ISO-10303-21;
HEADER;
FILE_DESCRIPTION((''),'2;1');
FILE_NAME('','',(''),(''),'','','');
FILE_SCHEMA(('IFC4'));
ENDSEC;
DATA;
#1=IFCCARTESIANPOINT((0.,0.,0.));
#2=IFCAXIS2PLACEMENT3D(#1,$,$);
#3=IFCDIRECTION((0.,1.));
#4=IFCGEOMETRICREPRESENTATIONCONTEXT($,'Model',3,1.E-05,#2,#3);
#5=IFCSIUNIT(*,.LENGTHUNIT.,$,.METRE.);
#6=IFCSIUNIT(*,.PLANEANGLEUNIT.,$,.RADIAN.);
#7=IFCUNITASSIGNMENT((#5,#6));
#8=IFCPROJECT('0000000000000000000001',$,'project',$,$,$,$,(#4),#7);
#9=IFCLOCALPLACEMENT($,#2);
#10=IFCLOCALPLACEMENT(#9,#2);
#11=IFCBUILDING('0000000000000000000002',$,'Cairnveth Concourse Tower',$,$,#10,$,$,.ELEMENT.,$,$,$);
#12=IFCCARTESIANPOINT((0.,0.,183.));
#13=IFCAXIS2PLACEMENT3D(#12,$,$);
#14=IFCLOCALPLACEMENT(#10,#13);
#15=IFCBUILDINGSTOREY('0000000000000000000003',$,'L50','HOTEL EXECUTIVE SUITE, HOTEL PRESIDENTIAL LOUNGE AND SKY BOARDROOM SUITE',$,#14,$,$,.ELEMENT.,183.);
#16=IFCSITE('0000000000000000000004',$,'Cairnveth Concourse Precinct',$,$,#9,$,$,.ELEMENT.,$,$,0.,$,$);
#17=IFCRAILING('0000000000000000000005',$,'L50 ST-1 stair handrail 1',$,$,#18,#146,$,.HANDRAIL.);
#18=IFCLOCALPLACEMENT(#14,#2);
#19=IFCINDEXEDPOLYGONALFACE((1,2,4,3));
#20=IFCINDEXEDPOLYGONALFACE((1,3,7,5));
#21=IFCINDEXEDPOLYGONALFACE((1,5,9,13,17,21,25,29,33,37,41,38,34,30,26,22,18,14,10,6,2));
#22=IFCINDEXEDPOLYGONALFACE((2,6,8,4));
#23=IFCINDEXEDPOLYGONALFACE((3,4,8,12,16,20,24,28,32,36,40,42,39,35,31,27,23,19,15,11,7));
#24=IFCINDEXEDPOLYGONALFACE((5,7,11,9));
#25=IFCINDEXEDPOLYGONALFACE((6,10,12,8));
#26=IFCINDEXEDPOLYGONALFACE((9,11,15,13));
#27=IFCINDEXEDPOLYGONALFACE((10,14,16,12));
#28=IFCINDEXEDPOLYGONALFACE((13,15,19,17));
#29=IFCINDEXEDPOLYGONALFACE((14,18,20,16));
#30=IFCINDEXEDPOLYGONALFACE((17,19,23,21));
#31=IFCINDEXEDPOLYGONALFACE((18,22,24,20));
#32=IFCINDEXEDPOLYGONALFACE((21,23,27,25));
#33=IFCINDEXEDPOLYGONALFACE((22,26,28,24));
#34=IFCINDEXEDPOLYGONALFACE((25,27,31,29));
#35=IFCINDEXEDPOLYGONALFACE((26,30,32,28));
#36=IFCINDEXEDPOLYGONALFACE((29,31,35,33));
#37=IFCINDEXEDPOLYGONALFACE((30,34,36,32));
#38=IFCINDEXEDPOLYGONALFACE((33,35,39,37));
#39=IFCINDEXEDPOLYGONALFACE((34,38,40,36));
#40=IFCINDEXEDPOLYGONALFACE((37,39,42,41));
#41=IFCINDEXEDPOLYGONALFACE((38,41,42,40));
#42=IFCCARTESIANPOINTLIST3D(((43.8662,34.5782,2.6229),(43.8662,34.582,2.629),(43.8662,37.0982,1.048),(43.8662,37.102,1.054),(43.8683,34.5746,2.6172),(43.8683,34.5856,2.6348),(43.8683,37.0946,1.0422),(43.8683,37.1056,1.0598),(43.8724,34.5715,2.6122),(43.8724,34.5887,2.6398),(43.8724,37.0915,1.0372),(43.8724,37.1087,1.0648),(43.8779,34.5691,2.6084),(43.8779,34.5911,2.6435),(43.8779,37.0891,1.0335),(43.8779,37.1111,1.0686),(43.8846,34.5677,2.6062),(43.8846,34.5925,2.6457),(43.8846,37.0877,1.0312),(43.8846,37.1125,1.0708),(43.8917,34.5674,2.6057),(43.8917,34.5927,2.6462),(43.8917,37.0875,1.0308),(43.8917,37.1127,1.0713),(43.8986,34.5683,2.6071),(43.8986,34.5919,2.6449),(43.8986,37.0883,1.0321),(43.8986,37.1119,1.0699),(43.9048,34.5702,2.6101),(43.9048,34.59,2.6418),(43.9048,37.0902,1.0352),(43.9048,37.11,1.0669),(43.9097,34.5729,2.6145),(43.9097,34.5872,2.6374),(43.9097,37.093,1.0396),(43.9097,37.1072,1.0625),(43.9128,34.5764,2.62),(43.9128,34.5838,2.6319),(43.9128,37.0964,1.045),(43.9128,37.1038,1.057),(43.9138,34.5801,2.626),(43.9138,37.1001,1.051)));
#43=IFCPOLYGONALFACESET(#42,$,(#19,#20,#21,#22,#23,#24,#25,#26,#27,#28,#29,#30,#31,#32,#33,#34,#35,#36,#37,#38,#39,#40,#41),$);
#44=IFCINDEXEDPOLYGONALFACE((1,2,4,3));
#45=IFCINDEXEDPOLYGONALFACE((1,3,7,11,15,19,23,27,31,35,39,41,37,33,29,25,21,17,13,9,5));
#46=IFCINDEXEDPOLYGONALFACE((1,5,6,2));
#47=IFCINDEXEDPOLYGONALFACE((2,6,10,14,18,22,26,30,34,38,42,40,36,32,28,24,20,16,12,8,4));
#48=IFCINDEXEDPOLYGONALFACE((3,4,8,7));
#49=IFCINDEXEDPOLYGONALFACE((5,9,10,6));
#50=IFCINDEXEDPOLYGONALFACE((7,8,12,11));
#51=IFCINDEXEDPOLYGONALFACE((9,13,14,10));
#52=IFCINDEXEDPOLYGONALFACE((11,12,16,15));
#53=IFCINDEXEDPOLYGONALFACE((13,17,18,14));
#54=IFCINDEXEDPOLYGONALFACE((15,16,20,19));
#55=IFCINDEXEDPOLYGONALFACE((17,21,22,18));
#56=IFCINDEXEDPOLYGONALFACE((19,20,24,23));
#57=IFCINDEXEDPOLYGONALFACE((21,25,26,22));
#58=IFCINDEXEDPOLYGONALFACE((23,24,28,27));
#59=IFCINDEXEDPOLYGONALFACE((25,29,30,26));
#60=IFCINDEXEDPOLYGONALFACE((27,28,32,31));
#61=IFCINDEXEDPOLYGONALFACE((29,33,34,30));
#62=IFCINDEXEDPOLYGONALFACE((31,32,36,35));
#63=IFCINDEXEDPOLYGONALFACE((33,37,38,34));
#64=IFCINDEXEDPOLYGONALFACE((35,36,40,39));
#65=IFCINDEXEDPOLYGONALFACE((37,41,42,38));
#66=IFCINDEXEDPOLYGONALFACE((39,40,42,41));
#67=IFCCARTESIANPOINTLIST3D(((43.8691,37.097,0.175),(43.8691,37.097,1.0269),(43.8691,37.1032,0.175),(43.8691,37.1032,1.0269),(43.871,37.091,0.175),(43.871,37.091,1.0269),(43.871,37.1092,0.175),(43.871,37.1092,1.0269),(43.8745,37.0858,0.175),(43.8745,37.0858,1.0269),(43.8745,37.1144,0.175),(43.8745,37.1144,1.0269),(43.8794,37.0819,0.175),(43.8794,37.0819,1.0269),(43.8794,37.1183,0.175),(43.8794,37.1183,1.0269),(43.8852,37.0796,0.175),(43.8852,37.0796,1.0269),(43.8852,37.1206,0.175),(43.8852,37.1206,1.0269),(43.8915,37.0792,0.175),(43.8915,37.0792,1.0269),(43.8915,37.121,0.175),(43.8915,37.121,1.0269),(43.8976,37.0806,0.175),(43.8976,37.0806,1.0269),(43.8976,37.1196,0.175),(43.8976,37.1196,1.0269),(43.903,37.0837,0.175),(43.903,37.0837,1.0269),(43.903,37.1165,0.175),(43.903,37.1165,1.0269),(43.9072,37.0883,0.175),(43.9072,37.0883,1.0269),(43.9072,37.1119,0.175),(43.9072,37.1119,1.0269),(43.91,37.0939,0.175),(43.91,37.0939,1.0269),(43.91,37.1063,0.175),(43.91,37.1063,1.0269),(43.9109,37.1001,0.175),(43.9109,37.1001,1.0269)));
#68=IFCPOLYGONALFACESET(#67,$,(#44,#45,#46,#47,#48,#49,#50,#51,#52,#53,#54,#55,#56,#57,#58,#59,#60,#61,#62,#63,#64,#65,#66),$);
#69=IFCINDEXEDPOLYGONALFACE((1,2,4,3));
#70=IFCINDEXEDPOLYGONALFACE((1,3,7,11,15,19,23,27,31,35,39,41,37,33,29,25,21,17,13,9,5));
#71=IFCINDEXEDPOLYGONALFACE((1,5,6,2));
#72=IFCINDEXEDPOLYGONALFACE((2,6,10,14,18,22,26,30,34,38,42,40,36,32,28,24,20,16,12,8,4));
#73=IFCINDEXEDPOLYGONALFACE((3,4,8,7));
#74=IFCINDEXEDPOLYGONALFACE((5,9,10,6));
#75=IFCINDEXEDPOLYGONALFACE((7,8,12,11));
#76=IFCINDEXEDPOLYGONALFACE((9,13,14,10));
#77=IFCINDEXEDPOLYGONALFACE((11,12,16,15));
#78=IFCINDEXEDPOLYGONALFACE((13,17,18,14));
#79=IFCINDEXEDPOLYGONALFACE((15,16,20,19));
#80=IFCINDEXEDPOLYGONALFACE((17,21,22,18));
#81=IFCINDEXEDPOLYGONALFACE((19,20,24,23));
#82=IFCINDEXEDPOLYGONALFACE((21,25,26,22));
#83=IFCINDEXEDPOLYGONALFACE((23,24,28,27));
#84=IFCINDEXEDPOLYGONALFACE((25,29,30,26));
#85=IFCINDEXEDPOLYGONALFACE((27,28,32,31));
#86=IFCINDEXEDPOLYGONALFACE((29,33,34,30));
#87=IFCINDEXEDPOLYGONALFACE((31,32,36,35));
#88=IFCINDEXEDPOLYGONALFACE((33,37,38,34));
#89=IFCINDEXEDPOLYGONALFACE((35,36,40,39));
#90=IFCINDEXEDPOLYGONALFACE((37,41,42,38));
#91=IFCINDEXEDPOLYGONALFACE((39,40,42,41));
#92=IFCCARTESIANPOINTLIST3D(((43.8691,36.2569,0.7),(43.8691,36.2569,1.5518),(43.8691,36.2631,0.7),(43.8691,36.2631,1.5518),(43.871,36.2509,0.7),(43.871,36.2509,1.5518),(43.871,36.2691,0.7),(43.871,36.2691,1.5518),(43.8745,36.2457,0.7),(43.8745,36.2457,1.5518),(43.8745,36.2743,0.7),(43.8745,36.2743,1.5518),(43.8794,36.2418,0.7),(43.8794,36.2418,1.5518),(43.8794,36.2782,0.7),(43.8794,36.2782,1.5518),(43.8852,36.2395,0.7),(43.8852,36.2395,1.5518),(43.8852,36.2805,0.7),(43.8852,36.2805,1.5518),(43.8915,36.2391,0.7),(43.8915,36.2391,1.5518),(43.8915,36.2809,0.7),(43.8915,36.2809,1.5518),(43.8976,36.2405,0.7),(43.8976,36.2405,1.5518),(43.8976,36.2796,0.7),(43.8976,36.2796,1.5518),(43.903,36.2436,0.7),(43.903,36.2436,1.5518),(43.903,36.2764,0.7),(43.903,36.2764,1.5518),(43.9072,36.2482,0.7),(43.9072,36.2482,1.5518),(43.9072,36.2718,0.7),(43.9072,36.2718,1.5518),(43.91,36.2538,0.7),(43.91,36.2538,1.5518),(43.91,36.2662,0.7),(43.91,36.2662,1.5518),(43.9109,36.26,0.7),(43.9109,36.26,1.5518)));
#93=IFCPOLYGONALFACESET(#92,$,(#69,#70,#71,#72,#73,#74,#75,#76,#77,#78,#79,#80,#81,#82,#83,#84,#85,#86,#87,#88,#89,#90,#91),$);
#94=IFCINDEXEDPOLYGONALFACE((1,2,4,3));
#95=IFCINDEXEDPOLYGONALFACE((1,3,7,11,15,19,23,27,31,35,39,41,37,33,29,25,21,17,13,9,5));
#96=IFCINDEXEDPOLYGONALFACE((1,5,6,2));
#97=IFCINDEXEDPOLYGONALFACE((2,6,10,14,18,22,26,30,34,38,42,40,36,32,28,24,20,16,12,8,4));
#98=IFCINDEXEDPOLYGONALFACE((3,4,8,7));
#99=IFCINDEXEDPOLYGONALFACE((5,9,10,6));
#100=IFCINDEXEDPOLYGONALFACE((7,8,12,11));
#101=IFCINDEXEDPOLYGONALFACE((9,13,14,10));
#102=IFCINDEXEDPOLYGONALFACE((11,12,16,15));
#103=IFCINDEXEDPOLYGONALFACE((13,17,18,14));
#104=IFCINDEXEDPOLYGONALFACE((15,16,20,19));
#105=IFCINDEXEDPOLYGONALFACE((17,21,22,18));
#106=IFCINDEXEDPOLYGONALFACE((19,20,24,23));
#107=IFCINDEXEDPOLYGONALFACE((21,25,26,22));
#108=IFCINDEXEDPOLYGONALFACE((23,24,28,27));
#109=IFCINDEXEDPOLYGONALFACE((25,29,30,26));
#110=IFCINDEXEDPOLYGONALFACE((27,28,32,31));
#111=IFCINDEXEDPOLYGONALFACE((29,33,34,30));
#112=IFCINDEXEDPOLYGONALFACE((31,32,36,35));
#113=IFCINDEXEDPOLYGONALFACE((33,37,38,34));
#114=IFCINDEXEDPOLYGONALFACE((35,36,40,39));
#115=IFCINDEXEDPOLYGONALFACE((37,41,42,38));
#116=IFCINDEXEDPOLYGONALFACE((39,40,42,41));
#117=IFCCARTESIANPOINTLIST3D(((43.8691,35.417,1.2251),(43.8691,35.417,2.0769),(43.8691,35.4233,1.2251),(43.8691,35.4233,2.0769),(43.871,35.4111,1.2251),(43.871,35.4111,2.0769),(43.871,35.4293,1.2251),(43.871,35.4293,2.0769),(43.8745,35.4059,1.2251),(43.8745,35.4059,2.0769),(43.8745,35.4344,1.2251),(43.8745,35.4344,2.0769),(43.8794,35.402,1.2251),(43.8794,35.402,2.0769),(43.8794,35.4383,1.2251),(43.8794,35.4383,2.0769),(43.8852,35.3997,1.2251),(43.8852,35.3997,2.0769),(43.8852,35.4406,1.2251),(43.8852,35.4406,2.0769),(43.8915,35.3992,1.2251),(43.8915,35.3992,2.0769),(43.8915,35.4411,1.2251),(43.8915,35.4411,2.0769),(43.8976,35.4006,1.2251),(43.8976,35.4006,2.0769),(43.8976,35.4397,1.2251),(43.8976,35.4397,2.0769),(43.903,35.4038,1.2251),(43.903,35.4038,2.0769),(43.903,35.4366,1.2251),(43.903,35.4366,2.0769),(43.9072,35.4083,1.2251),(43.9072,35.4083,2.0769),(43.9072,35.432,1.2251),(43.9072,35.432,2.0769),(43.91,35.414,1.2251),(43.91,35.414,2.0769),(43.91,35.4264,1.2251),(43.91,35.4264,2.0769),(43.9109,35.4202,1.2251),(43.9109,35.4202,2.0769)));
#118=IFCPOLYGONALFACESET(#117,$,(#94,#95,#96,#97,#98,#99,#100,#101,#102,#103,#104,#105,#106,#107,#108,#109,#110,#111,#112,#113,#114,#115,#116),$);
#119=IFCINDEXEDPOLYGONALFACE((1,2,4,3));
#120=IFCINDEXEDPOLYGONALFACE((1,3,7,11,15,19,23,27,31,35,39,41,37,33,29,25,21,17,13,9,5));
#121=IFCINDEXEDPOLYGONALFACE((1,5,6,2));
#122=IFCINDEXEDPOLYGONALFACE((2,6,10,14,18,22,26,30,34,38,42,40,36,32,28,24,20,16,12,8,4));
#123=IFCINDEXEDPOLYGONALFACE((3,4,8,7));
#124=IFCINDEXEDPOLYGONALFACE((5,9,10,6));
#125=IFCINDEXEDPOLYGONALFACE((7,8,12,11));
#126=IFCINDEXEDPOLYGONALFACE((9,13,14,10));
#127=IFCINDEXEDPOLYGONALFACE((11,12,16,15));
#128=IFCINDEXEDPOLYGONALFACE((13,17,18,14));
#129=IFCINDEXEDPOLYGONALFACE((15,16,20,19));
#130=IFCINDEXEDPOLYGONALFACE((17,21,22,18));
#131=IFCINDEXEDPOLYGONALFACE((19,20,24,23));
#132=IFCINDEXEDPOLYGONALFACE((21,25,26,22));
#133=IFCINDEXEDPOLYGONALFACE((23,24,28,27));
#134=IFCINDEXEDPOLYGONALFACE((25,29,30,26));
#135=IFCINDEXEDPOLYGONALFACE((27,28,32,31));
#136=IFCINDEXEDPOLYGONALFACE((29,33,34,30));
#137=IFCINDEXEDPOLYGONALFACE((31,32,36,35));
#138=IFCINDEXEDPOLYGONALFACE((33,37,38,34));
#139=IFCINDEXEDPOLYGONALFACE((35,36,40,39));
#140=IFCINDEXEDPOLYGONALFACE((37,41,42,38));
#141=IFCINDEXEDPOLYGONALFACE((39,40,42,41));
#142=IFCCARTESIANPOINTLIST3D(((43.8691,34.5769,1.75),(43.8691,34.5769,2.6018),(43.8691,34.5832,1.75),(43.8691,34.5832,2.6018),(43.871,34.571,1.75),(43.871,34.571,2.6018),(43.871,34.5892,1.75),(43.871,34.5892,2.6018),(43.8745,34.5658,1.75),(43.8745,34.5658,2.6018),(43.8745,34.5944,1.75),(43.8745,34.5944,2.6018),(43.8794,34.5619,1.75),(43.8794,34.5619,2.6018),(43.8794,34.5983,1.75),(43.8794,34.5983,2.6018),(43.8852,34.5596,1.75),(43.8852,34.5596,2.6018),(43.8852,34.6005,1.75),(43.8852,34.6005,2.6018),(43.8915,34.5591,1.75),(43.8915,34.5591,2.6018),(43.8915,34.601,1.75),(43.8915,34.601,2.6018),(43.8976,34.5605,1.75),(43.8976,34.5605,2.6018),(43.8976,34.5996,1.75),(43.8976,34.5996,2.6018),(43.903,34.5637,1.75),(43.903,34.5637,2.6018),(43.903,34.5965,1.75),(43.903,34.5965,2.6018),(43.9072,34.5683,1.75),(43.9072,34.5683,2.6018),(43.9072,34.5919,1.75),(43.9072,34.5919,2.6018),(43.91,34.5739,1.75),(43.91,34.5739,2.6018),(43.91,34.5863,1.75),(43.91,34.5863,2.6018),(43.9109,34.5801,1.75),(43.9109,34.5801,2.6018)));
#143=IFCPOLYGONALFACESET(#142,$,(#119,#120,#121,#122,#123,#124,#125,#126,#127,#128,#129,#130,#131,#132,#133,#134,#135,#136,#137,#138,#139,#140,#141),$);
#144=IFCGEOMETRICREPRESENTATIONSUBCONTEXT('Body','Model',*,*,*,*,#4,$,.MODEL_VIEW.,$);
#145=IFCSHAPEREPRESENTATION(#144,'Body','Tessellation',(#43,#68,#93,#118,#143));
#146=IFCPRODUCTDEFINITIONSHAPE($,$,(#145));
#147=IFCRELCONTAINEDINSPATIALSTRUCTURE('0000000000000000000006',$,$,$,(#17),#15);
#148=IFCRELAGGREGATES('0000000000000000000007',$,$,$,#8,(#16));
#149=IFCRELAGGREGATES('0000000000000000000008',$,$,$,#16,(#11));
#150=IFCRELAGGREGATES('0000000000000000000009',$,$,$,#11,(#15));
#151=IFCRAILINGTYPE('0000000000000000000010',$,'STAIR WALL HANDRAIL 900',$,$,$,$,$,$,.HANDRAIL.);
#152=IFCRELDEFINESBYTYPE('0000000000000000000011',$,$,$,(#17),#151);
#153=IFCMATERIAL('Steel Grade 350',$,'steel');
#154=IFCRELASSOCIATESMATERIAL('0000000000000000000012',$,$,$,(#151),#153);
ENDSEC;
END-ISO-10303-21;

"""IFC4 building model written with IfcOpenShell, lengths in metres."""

from ifc_helpers import new_model, si_unit, direction, frame, origin, origin_2d, place, context, subcontext, project, spatial, circle, extrude, material, type_object, element, save


model = new_model("IFC4")

# Units and contexts
model_context = context("Model", 3, precision=1e-05, world=origin(), true_north=direction((0.0, 1.0)))
body_context = subcontext(model_context, "Body", "Model", "MODEL_VIEW")
ifc_project = project(units=[si_unit("LENGTHUNIT", "METRE"), si_unit("PLANEANGLEUNIT", "RADIAN")], contexts=[model_context])

# Site, building, storey
site_placement = place(None, origin())
site = spatial("IfcSite", under=ifc_project, at=site_placement, Name="Cairnveth Concourse Precinct", CompositionType="ELEMENT", RefElevation=0.0)
building_placement = place(site_placement, origin())
building = spatial("IfcBuilding", under=site, at=building_placement, Name="Cairnveth Concourse Tower", CompositionType="ELEMENT")
storey_placement = place(building_placement, frame((0.0, 0.0, 183.0)))
storey = spatial("IfcBuildingStorey", under=building, at=storey_placement, Name="L50", Description="HOTEL EXECUTIVE SUITE, HOTEL PRESIDENTIAL LOUNGE AND SKY BOARDROOM SUITE", CompositionType="ELEMENT", Elevation=183.0)

# Shared definitions
ifc_material_1 = material(Name="Steel Grade 350", Category="steel")

# Railing
railing_type_1 = type_object("IfcRailingType", Name="STAIR WALL HANDRAIL 900", PredefinedType="HANDRAIL", material=ifc_material_1)
railing_1_placement = place(storey_placement, frame((43.8899, 37.1001, 0.175)))
element("IfcRailing", 1, at=railing_1_placement, inside=storey, type_object=railing_type_1, Name="L50 ST-1 stair handrail 1", PredefinedType="HANDRAIL", context=body_context, shape_type="SweptSolid", body=[
    extrude(circle(Radius=0.0239, at=origin_2d()), frame((0.0, 0.0, 0.876), z_axis=(0.0, -0.848008, 0.529984), x_axis=(1.0, 0.0, 0.0)), (0.0, 0.0, 1.0), 2.9717),
    extrude(circle(Radius=0.021, at=origin_2d()), origin(), (0.0, 0.0, 1.0), 0.8518),
    extrude(circle(Radius=0.021, at=origin_2d()), frame((0.0, -0.8401, 0.5249)), (0.0, 0.0, 1.0), 0.8518),
    extrude(circle(Radius=0.021, at=origin_2d()), frame((0.0, -1.6799, 1.05)), (0.0, 0.0, 1.0), 0.8518),
    extrude(circle(Radius=0.021, at=origin_2d()), frame((0.0, -2.52, 1.575)), (0.0, 0.0, 1.0), 0.8518),
])

save(model, "model.ifc")
